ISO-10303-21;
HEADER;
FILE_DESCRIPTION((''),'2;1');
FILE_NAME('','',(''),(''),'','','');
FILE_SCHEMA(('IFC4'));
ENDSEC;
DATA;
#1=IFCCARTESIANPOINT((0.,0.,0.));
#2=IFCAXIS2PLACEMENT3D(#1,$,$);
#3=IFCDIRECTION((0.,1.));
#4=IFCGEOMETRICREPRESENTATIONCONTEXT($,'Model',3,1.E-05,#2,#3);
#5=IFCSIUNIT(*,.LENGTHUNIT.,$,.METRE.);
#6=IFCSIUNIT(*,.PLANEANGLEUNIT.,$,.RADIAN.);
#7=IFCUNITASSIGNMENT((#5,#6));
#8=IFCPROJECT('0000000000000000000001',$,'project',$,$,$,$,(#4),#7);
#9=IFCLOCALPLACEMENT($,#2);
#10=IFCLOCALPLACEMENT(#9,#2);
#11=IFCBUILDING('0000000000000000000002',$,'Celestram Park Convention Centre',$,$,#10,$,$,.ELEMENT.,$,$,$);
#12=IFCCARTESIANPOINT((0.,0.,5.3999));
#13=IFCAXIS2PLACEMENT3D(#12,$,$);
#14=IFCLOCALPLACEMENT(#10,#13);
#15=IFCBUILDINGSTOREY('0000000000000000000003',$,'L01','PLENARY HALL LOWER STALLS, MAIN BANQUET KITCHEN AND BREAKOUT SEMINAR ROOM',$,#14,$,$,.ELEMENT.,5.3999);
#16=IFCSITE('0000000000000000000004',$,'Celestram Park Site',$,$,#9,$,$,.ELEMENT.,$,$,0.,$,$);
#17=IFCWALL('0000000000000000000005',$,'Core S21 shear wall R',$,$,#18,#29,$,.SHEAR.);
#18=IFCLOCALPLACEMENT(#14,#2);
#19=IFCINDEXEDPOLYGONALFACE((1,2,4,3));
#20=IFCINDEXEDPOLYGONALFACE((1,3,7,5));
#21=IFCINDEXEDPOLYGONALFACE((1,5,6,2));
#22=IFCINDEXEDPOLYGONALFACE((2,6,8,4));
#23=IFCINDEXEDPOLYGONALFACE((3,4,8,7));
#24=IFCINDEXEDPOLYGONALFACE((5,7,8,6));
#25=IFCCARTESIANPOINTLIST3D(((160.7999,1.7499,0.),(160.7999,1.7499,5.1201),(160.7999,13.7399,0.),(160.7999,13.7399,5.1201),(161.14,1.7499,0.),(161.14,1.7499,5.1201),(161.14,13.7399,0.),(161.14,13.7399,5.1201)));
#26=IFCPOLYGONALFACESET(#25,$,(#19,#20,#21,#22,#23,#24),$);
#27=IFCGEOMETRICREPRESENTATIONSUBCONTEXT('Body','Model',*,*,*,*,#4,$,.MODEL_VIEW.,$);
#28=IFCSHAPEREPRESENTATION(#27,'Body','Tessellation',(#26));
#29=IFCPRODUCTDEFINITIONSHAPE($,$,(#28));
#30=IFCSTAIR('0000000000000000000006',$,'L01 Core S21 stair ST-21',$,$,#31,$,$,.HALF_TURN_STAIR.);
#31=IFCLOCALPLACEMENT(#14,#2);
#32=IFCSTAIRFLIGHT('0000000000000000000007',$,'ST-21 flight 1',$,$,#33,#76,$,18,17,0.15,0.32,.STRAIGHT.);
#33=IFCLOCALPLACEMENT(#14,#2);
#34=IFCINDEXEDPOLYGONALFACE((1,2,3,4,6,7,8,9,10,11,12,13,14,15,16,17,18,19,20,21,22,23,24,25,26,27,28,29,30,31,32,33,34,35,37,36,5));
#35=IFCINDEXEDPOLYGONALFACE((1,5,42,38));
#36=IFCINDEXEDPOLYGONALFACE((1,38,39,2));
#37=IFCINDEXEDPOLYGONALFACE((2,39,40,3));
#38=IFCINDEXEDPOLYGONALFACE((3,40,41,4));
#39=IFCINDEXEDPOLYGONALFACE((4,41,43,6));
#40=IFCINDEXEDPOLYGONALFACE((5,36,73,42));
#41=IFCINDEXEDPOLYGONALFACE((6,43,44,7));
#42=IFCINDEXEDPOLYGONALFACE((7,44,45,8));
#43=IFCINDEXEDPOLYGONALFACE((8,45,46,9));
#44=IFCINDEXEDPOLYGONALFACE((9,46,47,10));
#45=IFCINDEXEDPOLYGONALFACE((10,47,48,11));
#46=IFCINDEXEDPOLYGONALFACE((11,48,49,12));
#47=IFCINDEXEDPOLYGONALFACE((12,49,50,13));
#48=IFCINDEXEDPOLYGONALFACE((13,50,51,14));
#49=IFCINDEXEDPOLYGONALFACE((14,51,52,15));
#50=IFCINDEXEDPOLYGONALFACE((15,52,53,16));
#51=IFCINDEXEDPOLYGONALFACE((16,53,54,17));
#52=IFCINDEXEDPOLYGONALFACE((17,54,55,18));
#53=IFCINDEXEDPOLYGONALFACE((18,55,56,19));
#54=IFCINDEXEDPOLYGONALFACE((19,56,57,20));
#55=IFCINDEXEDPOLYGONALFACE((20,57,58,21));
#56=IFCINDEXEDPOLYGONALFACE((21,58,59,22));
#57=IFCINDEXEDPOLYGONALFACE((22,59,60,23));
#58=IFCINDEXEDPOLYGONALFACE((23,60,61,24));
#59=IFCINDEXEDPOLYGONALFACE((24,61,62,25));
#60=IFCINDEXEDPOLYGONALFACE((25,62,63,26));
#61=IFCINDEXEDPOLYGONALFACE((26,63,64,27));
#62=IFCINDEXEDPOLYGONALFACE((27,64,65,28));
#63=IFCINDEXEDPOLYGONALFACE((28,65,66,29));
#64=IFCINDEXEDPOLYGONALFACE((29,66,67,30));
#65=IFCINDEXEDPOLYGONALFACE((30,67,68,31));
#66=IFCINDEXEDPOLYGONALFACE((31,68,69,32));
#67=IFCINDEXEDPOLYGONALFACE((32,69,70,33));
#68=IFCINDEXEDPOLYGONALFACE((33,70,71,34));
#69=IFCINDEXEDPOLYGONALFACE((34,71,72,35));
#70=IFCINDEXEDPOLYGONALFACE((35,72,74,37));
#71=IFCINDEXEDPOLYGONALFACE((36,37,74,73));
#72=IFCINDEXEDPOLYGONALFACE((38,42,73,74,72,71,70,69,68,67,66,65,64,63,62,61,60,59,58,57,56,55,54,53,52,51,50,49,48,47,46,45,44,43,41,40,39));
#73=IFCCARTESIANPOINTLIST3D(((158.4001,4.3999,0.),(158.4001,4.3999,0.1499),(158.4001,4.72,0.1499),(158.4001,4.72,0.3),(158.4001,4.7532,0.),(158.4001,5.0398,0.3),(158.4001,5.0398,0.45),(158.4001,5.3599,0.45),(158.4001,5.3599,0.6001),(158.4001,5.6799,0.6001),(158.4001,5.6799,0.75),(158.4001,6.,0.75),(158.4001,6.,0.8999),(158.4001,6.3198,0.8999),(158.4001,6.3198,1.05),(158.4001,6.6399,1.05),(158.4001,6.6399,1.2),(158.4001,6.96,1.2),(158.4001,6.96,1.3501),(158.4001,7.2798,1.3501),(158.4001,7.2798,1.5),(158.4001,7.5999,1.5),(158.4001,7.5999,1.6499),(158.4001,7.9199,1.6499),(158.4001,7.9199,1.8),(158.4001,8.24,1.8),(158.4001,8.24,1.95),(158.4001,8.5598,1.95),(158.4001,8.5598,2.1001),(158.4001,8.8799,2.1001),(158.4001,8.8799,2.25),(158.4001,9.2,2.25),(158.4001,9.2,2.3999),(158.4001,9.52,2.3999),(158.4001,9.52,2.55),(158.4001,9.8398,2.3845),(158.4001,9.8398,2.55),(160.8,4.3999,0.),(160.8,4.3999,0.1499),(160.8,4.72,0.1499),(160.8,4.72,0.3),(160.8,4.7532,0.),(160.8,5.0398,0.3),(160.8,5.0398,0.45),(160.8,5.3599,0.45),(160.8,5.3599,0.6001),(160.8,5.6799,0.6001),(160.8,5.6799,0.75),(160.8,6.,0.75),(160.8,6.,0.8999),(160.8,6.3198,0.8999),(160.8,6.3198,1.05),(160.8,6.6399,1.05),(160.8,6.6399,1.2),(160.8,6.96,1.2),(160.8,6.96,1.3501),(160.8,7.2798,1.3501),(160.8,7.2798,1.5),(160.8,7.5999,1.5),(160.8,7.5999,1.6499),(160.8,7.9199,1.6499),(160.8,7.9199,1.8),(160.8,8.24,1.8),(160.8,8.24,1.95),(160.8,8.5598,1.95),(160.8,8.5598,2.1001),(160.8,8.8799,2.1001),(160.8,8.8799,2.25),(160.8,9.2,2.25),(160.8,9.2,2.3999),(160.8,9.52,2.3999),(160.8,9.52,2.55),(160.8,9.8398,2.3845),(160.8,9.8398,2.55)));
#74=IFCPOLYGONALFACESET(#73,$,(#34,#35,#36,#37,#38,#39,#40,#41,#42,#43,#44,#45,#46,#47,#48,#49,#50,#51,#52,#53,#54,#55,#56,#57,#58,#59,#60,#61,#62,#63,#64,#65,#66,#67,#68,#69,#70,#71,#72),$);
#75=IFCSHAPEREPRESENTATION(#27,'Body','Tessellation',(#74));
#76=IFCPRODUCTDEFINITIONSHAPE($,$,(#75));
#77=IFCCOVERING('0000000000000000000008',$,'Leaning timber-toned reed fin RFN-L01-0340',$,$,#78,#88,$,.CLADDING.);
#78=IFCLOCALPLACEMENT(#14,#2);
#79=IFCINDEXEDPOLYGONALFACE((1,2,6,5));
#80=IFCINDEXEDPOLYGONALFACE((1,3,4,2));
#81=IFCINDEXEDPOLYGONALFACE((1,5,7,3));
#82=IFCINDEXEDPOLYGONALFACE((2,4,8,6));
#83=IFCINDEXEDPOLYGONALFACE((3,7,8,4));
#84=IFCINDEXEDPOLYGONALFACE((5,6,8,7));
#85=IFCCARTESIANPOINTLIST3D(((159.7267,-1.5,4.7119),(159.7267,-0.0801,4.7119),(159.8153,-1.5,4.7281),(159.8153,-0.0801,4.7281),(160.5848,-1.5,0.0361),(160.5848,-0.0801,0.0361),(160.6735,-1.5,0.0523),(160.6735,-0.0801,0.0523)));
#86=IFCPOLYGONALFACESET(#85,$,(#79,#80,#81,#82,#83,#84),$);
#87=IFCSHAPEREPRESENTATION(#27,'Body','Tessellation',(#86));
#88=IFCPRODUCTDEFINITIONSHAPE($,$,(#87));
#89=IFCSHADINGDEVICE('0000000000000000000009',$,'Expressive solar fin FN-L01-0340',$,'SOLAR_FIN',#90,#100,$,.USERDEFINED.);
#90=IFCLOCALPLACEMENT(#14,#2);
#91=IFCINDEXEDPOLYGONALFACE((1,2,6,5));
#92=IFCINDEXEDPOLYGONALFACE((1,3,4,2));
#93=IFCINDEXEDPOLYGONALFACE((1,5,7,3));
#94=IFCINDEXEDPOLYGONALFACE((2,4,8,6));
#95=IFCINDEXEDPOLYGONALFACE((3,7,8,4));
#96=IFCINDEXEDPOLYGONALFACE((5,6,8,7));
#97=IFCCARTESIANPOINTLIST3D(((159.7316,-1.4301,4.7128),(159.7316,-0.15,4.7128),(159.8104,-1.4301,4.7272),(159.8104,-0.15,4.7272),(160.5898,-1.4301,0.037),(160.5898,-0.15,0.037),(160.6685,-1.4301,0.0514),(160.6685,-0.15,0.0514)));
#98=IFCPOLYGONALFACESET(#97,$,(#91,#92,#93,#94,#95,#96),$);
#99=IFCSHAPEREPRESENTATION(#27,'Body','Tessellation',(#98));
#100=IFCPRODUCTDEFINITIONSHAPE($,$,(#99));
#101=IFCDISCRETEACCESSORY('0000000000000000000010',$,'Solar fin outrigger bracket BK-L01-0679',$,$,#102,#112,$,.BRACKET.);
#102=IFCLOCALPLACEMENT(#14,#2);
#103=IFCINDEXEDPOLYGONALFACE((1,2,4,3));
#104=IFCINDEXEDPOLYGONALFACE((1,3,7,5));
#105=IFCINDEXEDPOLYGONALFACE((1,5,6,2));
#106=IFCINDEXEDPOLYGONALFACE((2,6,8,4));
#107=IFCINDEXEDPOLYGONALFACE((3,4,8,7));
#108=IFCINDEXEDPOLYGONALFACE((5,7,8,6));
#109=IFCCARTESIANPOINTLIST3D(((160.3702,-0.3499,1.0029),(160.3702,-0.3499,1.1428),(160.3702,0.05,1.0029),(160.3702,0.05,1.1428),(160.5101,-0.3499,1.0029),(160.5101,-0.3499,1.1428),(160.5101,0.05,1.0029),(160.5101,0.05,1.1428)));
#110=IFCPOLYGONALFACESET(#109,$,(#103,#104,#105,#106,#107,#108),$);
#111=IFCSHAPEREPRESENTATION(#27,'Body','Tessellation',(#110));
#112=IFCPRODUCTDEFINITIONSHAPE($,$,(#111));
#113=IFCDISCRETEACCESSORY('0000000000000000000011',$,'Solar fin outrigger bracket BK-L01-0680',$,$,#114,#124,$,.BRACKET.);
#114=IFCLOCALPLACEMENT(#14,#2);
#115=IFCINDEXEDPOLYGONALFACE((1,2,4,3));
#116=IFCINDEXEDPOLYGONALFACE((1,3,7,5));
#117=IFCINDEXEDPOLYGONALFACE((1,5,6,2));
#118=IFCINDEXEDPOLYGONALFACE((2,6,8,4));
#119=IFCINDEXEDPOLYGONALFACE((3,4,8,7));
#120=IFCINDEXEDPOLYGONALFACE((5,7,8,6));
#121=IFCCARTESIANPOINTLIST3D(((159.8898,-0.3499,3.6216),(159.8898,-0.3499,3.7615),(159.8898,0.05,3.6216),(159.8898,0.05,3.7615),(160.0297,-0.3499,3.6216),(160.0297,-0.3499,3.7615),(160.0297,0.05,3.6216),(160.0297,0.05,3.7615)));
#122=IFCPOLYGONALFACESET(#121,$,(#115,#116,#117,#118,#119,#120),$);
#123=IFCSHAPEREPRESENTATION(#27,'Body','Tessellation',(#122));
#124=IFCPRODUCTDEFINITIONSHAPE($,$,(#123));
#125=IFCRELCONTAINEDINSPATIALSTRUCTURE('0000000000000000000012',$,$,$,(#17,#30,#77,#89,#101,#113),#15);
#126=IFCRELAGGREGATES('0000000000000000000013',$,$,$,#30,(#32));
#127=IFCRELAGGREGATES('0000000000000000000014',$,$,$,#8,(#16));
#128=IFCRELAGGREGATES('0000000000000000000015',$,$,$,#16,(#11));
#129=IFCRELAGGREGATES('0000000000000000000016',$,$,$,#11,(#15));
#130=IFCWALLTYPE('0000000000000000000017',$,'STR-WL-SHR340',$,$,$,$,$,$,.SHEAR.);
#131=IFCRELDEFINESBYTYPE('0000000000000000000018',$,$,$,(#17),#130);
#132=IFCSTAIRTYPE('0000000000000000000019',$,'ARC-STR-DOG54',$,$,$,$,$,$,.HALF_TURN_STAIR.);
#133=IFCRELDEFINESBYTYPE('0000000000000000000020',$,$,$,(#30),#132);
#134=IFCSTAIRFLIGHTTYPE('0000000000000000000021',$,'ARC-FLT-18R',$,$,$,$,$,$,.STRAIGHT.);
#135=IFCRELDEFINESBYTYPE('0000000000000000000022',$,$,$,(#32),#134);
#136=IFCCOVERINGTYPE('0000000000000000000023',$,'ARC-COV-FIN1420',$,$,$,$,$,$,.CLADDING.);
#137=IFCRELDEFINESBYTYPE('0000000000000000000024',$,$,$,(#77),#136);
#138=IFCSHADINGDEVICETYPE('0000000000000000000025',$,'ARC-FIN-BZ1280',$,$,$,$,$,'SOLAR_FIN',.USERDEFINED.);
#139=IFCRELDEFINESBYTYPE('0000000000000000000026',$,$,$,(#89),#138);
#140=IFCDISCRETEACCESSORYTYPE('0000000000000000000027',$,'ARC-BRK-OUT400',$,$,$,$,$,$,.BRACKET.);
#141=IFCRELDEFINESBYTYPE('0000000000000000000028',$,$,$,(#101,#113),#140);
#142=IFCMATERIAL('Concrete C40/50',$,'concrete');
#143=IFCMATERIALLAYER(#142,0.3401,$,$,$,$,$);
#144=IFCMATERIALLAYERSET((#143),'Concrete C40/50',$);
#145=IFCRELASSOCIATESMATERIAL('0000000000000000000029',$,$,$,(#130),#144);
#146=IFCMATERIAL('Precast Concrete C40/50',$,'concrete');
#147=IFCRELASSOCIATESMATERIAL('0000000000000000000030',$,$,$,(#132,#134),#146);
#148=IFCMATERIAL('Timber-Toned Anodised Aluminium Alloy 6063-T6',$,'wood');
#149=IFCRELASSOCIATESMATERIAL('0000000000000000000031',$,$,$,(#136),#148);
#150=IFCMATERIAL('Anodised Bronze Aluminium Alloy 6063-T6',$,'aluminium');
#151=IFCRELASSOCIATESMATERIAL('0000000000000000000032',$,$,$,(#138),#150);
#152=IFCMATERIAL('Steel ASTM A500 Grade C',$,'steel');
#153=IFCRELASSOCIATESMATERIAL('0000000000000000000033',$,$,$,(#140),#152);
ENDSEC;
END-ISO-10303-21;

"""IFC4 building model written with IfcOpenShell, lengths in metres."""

from ifc_helpers import new_model, si_unit, direction, frame, frame_2d, origin, origin_2d, place, context, subcontext, project, spatial, polyline, rectangle, outline, extrude, material, layer, layer_set, material_profile, profile_set, type_object, element, aggregate, save


model = new_model("IFC4")

# Units and contexts
model_context = context("Model", 3, precision=1e-05, world=origin(), true_north=direction((0.0, 1.0)))
body_context = subcontext(model_context, "Body", "Model", "MODEL_VIEW")
ifc_project = project(units=[si_unit("LENGTHUNIT", "METRE"), si_unit("PLANEANGLEUNIT", "RADIAN")], contexts=[model_context])

# Site, building, storey
site_placement = place(None, origin())
site = spatial("IfcSite", under=ifc_project, at=site_placement, Name="Celestram Park Site", CompositionType="ELEMENT", RefElevation=0.0)
building_placement = place(site_placement, origin())
building = spatial("IfcBuilding", under=site, at=building_placement, Name="Celestram Park Convention Centre", CompositionType="ELEMENT")
storey_placement = place(building_placement, frame((0.0, 0.0, 5.3999)))
storey = spatial("IfcBuildingStorey", under=building, at=storey_placement, Name="L01", Description="PLENARY HALL LOWER STALLS, MAIN BANQUET KITCHEN AND BREAKOUT SEMINAR ROOM", CompositionType="ELEMENT", Elevation=5.3999)

# Shared definitions
ifc_material_1 = material(Name="Concrete C40/50", Category="concrete")

# Shared definitions
ifc_material_2 = material(Name="Steel ASTM A500 Grade C", Category="steel")

# Wall
ifc_material_3 = material(Name="Precast Concrete C40/50", Category="concrete")
ifc_layer_1 = layer(ifc_material_1, 0.3401)
ifc_layer_set_1 = layer_set([ifc_layer_1], Name="Concrete C40/50")
wall_type_1 = type_object("IfcWallType", Name="STR-WL-SHR340", PredefinedType="SHEAR", material=ifc_layer_set_1)
wall_1_placement = place(storey_placement, frame((160.97, 13.74, 0.0), z_axis=(0.0, 0.0, 1.0), x_axis=(0.0, -1.0, 0.0)))
element("IfcWall", 1, at=wall_1_placement, inside=storey, type_object=wall_type_1, Name="Core S21 shear wall R", PredefinedType="SHEAR", context=body_context, shape_type="SweptSolid", body=[
    extrude(rectangle(XDim=11.99, YDim=0.3401, at=frame_2d((5.9951, 0.0))), origin(), (0.0, 0.0, 1.0), 5.1201),
])

# Stair, stair flight
stair_type = type_object("IfcStairType", Name="ARC-STR-DOG54", PredefinedType="HALF_TURN_STAIR", material=ifc_material_3)
stair_placement = place(storey_placement, origin())
stair = element("IfcStair", 2, at=stair_placement, inside=storey, type_object=stair_type, Name="L01 Core S21 stair ST-21", PredefinedType="HALF_TURN_STAIR")
stair_flight_type = type_object("IfcStairFlightType", Name="ARC-FLT-18R", PredefinedType="STRAIGHT", material=ifc_material_3)
stair_flight_placement = place(storey_placement, frame((159.6001, 4.3999, 0.0), z_axis=(0.0, 0.0, 1.0), x_axis=(0.0, 1.0, 0.0)))
stair_flight = element("IfcStairFlight", 3, at=stair_flight_placement, type_object=stair_flight_type, Name="ST-21 flight 1", NumberOfRisers=18, NumberOfTreads=17, PredefinedType="STRAIGHT", RiserHeight=0.15, TreadLength=0.32, context=body_context, shape_type="SweptSolid", body=[
    extrude(outline(polyline([(0.0, 0.0), (0.0, 0.1499), (0.3201, 0.1499), (0.3201, 0.3), (0.6399, 0.3), (0.6399, 0.45), (0.96, 0.45), (0.96, 0.6001), (1.28, 0.6001), (1.28, 0.75), (1.6001, 0.75), (1.6001, 0.8999), (1.9199, 0.8999), (1.9199, 1.05), (2.24, 1.05), (2.24, 1.2), (2.5601, 1.2), (2.5601, 1.3501), (2.8799, 1.3501), (2.8799, 1.5), (3.2, 1.5), (3.2, 1.6499), (3.52, 1.6499), (3.52, 1.8), (3.8401, 1.8), (3.8401, 1.95), (4.1599, 1.95), (4.1599, 2.1001), (4.48, 2.1001), (4.48, 2.25), (4.8, 2.25), (4.8, 2.3999), (5.1201, 2.3999), (5.1201, 2.55), (5.4399, 2.55), (5.4399, 2.7), (5.4399, 2.3845), (0.3533, 0.0), (0.0, 0.0)])), frame((0.0, 1.2, 0.0), z_axis=(0.0, -1.0, 0.0), x_axis=(1.0, 0.0, 0.0)), (0.0, 0.0, 1.0), 2.3999),
])
aggregate(stair, [stair_flight])

# Covering
ifc_material_4 = material(Name="Timber-Toned Anodised Aluminium Alloy 6063-T6", Category="wood")
ifc_material_profile_1 = material_profile(ifc_material_4, rectangle(XDim=1.4199, YDim=0.0901, at=origin_2d()), Name="REED1420X90")
ifc_profile_set_1 = profile_set([ifc_material_profile_1], Name="Timber-Toned Anodised Aluminium Alloy 6063-T6")
covering_type = type_object("IfcCoveringType", Name="ARC-COV-FIN1420", PredefinedType="CLADDING", material=ifc_profile_set_1)
covering_placement = place(storey_placement, frame((160.6292, -0.79, 0.0442), z_axis=(-0.180517, 0.0, 0.983572), x_axis=(0.0, -1.0, 0.0)))
element("IfcCovering", 4, at=covering_placement, inside=storey, type_object=covering_type, Name="Leaning timber-toned reed fin RFN-L01-0340", PredefinedType="CLADDING", context=body_context, shape_type="SweptSolid", body=[
    extrude(rectangle(XDim=1.4199, YDim=0.0901, at=origin_2d()), origin(), (0.0, 0.0, 1.0), 4.7539),
])

# Shading device
ifc_material_5 = material(Name="Anodised Bronze Aluminium Alloy 6063-T6", Category="aluminium")
ifc_material_profile_2 = material_profile(ifc_material_5, rectangle(XDim=1.28, YDim=0.0801, at=origin_2d()), Name="FIN1280X80")
ifc_profile_set_2 = profile_set([ifc_material_profile_2], Name="Anodised Bronze Aluminium Alloy 6063-T6")
shading_device_type = type_object("IfcShadingDeviceType", Name="ARC-FIN-BZ1280", ElementType="SOLAR_FIN", PredefinedType="USERDEFINED", material=ifc_profile_set_2)
shading_device_placement = place(storey_placement, frame((160.6292, -0.79, 0.0442), z_axis=(-0.180517, 0.0, 0.983572), x_axis=(0.0, -1.0, 0.0)))
element("IfcShadingDevice", 5, at=shading_device_placement, inside=storey, type_object=shading_device_type, Name="Expressive solar fin FN-L01-0340", ObjectType="SOLAR_FIN", PredefinedType="USERDEFINED", context=body_context, shape_type="SweptSolid", body=[
    extrude(rectangle(XDim=1.28, YDim=0.0801, at=origin_2d()), origin(), (0.0, 0.0, 1.0), 4.7539),
])

# Discrete accessories
discrete_accessory_type = type_object("IfcDiscreteAccessoryType", Name="ARC-BRK-OUT400", PredefinedType="BRACKET", material=ifc_material_2)
for number, where, z_axis, x_axis, name in (
    (6, (160.4402, -0.1499, 1.0029), (0.0, 0.0, 1.0), (0.0, -1.0, 0.0), "Solar fin outrigger bracket BK-L01-0679"),
    (7, (159.9597, -0.1499, 3.6216), (0.0, 0.0, 1.0), (0.0, -1.0, 0.0), "Solar fin outrigger bracket BK-L01-0680"),
):
    element("IfcDiscreteAccessory", number, at=place(storey_placement, frame(where, z_axis=z_axis, x_axis=x_axis)), inside=storey, type_object=discrete_accessory_type, Name=name, PredefinedType="BRACKET", context=body_context, shape_type="SweptSolid", body=[
        extrude(rectangle(XDim=0.3999, YDim=0.1399, at=origin_2d()), origin(), (0.0, 0.0, 1.0), 0.1399),
    ])

save(model, "model.ifc")
